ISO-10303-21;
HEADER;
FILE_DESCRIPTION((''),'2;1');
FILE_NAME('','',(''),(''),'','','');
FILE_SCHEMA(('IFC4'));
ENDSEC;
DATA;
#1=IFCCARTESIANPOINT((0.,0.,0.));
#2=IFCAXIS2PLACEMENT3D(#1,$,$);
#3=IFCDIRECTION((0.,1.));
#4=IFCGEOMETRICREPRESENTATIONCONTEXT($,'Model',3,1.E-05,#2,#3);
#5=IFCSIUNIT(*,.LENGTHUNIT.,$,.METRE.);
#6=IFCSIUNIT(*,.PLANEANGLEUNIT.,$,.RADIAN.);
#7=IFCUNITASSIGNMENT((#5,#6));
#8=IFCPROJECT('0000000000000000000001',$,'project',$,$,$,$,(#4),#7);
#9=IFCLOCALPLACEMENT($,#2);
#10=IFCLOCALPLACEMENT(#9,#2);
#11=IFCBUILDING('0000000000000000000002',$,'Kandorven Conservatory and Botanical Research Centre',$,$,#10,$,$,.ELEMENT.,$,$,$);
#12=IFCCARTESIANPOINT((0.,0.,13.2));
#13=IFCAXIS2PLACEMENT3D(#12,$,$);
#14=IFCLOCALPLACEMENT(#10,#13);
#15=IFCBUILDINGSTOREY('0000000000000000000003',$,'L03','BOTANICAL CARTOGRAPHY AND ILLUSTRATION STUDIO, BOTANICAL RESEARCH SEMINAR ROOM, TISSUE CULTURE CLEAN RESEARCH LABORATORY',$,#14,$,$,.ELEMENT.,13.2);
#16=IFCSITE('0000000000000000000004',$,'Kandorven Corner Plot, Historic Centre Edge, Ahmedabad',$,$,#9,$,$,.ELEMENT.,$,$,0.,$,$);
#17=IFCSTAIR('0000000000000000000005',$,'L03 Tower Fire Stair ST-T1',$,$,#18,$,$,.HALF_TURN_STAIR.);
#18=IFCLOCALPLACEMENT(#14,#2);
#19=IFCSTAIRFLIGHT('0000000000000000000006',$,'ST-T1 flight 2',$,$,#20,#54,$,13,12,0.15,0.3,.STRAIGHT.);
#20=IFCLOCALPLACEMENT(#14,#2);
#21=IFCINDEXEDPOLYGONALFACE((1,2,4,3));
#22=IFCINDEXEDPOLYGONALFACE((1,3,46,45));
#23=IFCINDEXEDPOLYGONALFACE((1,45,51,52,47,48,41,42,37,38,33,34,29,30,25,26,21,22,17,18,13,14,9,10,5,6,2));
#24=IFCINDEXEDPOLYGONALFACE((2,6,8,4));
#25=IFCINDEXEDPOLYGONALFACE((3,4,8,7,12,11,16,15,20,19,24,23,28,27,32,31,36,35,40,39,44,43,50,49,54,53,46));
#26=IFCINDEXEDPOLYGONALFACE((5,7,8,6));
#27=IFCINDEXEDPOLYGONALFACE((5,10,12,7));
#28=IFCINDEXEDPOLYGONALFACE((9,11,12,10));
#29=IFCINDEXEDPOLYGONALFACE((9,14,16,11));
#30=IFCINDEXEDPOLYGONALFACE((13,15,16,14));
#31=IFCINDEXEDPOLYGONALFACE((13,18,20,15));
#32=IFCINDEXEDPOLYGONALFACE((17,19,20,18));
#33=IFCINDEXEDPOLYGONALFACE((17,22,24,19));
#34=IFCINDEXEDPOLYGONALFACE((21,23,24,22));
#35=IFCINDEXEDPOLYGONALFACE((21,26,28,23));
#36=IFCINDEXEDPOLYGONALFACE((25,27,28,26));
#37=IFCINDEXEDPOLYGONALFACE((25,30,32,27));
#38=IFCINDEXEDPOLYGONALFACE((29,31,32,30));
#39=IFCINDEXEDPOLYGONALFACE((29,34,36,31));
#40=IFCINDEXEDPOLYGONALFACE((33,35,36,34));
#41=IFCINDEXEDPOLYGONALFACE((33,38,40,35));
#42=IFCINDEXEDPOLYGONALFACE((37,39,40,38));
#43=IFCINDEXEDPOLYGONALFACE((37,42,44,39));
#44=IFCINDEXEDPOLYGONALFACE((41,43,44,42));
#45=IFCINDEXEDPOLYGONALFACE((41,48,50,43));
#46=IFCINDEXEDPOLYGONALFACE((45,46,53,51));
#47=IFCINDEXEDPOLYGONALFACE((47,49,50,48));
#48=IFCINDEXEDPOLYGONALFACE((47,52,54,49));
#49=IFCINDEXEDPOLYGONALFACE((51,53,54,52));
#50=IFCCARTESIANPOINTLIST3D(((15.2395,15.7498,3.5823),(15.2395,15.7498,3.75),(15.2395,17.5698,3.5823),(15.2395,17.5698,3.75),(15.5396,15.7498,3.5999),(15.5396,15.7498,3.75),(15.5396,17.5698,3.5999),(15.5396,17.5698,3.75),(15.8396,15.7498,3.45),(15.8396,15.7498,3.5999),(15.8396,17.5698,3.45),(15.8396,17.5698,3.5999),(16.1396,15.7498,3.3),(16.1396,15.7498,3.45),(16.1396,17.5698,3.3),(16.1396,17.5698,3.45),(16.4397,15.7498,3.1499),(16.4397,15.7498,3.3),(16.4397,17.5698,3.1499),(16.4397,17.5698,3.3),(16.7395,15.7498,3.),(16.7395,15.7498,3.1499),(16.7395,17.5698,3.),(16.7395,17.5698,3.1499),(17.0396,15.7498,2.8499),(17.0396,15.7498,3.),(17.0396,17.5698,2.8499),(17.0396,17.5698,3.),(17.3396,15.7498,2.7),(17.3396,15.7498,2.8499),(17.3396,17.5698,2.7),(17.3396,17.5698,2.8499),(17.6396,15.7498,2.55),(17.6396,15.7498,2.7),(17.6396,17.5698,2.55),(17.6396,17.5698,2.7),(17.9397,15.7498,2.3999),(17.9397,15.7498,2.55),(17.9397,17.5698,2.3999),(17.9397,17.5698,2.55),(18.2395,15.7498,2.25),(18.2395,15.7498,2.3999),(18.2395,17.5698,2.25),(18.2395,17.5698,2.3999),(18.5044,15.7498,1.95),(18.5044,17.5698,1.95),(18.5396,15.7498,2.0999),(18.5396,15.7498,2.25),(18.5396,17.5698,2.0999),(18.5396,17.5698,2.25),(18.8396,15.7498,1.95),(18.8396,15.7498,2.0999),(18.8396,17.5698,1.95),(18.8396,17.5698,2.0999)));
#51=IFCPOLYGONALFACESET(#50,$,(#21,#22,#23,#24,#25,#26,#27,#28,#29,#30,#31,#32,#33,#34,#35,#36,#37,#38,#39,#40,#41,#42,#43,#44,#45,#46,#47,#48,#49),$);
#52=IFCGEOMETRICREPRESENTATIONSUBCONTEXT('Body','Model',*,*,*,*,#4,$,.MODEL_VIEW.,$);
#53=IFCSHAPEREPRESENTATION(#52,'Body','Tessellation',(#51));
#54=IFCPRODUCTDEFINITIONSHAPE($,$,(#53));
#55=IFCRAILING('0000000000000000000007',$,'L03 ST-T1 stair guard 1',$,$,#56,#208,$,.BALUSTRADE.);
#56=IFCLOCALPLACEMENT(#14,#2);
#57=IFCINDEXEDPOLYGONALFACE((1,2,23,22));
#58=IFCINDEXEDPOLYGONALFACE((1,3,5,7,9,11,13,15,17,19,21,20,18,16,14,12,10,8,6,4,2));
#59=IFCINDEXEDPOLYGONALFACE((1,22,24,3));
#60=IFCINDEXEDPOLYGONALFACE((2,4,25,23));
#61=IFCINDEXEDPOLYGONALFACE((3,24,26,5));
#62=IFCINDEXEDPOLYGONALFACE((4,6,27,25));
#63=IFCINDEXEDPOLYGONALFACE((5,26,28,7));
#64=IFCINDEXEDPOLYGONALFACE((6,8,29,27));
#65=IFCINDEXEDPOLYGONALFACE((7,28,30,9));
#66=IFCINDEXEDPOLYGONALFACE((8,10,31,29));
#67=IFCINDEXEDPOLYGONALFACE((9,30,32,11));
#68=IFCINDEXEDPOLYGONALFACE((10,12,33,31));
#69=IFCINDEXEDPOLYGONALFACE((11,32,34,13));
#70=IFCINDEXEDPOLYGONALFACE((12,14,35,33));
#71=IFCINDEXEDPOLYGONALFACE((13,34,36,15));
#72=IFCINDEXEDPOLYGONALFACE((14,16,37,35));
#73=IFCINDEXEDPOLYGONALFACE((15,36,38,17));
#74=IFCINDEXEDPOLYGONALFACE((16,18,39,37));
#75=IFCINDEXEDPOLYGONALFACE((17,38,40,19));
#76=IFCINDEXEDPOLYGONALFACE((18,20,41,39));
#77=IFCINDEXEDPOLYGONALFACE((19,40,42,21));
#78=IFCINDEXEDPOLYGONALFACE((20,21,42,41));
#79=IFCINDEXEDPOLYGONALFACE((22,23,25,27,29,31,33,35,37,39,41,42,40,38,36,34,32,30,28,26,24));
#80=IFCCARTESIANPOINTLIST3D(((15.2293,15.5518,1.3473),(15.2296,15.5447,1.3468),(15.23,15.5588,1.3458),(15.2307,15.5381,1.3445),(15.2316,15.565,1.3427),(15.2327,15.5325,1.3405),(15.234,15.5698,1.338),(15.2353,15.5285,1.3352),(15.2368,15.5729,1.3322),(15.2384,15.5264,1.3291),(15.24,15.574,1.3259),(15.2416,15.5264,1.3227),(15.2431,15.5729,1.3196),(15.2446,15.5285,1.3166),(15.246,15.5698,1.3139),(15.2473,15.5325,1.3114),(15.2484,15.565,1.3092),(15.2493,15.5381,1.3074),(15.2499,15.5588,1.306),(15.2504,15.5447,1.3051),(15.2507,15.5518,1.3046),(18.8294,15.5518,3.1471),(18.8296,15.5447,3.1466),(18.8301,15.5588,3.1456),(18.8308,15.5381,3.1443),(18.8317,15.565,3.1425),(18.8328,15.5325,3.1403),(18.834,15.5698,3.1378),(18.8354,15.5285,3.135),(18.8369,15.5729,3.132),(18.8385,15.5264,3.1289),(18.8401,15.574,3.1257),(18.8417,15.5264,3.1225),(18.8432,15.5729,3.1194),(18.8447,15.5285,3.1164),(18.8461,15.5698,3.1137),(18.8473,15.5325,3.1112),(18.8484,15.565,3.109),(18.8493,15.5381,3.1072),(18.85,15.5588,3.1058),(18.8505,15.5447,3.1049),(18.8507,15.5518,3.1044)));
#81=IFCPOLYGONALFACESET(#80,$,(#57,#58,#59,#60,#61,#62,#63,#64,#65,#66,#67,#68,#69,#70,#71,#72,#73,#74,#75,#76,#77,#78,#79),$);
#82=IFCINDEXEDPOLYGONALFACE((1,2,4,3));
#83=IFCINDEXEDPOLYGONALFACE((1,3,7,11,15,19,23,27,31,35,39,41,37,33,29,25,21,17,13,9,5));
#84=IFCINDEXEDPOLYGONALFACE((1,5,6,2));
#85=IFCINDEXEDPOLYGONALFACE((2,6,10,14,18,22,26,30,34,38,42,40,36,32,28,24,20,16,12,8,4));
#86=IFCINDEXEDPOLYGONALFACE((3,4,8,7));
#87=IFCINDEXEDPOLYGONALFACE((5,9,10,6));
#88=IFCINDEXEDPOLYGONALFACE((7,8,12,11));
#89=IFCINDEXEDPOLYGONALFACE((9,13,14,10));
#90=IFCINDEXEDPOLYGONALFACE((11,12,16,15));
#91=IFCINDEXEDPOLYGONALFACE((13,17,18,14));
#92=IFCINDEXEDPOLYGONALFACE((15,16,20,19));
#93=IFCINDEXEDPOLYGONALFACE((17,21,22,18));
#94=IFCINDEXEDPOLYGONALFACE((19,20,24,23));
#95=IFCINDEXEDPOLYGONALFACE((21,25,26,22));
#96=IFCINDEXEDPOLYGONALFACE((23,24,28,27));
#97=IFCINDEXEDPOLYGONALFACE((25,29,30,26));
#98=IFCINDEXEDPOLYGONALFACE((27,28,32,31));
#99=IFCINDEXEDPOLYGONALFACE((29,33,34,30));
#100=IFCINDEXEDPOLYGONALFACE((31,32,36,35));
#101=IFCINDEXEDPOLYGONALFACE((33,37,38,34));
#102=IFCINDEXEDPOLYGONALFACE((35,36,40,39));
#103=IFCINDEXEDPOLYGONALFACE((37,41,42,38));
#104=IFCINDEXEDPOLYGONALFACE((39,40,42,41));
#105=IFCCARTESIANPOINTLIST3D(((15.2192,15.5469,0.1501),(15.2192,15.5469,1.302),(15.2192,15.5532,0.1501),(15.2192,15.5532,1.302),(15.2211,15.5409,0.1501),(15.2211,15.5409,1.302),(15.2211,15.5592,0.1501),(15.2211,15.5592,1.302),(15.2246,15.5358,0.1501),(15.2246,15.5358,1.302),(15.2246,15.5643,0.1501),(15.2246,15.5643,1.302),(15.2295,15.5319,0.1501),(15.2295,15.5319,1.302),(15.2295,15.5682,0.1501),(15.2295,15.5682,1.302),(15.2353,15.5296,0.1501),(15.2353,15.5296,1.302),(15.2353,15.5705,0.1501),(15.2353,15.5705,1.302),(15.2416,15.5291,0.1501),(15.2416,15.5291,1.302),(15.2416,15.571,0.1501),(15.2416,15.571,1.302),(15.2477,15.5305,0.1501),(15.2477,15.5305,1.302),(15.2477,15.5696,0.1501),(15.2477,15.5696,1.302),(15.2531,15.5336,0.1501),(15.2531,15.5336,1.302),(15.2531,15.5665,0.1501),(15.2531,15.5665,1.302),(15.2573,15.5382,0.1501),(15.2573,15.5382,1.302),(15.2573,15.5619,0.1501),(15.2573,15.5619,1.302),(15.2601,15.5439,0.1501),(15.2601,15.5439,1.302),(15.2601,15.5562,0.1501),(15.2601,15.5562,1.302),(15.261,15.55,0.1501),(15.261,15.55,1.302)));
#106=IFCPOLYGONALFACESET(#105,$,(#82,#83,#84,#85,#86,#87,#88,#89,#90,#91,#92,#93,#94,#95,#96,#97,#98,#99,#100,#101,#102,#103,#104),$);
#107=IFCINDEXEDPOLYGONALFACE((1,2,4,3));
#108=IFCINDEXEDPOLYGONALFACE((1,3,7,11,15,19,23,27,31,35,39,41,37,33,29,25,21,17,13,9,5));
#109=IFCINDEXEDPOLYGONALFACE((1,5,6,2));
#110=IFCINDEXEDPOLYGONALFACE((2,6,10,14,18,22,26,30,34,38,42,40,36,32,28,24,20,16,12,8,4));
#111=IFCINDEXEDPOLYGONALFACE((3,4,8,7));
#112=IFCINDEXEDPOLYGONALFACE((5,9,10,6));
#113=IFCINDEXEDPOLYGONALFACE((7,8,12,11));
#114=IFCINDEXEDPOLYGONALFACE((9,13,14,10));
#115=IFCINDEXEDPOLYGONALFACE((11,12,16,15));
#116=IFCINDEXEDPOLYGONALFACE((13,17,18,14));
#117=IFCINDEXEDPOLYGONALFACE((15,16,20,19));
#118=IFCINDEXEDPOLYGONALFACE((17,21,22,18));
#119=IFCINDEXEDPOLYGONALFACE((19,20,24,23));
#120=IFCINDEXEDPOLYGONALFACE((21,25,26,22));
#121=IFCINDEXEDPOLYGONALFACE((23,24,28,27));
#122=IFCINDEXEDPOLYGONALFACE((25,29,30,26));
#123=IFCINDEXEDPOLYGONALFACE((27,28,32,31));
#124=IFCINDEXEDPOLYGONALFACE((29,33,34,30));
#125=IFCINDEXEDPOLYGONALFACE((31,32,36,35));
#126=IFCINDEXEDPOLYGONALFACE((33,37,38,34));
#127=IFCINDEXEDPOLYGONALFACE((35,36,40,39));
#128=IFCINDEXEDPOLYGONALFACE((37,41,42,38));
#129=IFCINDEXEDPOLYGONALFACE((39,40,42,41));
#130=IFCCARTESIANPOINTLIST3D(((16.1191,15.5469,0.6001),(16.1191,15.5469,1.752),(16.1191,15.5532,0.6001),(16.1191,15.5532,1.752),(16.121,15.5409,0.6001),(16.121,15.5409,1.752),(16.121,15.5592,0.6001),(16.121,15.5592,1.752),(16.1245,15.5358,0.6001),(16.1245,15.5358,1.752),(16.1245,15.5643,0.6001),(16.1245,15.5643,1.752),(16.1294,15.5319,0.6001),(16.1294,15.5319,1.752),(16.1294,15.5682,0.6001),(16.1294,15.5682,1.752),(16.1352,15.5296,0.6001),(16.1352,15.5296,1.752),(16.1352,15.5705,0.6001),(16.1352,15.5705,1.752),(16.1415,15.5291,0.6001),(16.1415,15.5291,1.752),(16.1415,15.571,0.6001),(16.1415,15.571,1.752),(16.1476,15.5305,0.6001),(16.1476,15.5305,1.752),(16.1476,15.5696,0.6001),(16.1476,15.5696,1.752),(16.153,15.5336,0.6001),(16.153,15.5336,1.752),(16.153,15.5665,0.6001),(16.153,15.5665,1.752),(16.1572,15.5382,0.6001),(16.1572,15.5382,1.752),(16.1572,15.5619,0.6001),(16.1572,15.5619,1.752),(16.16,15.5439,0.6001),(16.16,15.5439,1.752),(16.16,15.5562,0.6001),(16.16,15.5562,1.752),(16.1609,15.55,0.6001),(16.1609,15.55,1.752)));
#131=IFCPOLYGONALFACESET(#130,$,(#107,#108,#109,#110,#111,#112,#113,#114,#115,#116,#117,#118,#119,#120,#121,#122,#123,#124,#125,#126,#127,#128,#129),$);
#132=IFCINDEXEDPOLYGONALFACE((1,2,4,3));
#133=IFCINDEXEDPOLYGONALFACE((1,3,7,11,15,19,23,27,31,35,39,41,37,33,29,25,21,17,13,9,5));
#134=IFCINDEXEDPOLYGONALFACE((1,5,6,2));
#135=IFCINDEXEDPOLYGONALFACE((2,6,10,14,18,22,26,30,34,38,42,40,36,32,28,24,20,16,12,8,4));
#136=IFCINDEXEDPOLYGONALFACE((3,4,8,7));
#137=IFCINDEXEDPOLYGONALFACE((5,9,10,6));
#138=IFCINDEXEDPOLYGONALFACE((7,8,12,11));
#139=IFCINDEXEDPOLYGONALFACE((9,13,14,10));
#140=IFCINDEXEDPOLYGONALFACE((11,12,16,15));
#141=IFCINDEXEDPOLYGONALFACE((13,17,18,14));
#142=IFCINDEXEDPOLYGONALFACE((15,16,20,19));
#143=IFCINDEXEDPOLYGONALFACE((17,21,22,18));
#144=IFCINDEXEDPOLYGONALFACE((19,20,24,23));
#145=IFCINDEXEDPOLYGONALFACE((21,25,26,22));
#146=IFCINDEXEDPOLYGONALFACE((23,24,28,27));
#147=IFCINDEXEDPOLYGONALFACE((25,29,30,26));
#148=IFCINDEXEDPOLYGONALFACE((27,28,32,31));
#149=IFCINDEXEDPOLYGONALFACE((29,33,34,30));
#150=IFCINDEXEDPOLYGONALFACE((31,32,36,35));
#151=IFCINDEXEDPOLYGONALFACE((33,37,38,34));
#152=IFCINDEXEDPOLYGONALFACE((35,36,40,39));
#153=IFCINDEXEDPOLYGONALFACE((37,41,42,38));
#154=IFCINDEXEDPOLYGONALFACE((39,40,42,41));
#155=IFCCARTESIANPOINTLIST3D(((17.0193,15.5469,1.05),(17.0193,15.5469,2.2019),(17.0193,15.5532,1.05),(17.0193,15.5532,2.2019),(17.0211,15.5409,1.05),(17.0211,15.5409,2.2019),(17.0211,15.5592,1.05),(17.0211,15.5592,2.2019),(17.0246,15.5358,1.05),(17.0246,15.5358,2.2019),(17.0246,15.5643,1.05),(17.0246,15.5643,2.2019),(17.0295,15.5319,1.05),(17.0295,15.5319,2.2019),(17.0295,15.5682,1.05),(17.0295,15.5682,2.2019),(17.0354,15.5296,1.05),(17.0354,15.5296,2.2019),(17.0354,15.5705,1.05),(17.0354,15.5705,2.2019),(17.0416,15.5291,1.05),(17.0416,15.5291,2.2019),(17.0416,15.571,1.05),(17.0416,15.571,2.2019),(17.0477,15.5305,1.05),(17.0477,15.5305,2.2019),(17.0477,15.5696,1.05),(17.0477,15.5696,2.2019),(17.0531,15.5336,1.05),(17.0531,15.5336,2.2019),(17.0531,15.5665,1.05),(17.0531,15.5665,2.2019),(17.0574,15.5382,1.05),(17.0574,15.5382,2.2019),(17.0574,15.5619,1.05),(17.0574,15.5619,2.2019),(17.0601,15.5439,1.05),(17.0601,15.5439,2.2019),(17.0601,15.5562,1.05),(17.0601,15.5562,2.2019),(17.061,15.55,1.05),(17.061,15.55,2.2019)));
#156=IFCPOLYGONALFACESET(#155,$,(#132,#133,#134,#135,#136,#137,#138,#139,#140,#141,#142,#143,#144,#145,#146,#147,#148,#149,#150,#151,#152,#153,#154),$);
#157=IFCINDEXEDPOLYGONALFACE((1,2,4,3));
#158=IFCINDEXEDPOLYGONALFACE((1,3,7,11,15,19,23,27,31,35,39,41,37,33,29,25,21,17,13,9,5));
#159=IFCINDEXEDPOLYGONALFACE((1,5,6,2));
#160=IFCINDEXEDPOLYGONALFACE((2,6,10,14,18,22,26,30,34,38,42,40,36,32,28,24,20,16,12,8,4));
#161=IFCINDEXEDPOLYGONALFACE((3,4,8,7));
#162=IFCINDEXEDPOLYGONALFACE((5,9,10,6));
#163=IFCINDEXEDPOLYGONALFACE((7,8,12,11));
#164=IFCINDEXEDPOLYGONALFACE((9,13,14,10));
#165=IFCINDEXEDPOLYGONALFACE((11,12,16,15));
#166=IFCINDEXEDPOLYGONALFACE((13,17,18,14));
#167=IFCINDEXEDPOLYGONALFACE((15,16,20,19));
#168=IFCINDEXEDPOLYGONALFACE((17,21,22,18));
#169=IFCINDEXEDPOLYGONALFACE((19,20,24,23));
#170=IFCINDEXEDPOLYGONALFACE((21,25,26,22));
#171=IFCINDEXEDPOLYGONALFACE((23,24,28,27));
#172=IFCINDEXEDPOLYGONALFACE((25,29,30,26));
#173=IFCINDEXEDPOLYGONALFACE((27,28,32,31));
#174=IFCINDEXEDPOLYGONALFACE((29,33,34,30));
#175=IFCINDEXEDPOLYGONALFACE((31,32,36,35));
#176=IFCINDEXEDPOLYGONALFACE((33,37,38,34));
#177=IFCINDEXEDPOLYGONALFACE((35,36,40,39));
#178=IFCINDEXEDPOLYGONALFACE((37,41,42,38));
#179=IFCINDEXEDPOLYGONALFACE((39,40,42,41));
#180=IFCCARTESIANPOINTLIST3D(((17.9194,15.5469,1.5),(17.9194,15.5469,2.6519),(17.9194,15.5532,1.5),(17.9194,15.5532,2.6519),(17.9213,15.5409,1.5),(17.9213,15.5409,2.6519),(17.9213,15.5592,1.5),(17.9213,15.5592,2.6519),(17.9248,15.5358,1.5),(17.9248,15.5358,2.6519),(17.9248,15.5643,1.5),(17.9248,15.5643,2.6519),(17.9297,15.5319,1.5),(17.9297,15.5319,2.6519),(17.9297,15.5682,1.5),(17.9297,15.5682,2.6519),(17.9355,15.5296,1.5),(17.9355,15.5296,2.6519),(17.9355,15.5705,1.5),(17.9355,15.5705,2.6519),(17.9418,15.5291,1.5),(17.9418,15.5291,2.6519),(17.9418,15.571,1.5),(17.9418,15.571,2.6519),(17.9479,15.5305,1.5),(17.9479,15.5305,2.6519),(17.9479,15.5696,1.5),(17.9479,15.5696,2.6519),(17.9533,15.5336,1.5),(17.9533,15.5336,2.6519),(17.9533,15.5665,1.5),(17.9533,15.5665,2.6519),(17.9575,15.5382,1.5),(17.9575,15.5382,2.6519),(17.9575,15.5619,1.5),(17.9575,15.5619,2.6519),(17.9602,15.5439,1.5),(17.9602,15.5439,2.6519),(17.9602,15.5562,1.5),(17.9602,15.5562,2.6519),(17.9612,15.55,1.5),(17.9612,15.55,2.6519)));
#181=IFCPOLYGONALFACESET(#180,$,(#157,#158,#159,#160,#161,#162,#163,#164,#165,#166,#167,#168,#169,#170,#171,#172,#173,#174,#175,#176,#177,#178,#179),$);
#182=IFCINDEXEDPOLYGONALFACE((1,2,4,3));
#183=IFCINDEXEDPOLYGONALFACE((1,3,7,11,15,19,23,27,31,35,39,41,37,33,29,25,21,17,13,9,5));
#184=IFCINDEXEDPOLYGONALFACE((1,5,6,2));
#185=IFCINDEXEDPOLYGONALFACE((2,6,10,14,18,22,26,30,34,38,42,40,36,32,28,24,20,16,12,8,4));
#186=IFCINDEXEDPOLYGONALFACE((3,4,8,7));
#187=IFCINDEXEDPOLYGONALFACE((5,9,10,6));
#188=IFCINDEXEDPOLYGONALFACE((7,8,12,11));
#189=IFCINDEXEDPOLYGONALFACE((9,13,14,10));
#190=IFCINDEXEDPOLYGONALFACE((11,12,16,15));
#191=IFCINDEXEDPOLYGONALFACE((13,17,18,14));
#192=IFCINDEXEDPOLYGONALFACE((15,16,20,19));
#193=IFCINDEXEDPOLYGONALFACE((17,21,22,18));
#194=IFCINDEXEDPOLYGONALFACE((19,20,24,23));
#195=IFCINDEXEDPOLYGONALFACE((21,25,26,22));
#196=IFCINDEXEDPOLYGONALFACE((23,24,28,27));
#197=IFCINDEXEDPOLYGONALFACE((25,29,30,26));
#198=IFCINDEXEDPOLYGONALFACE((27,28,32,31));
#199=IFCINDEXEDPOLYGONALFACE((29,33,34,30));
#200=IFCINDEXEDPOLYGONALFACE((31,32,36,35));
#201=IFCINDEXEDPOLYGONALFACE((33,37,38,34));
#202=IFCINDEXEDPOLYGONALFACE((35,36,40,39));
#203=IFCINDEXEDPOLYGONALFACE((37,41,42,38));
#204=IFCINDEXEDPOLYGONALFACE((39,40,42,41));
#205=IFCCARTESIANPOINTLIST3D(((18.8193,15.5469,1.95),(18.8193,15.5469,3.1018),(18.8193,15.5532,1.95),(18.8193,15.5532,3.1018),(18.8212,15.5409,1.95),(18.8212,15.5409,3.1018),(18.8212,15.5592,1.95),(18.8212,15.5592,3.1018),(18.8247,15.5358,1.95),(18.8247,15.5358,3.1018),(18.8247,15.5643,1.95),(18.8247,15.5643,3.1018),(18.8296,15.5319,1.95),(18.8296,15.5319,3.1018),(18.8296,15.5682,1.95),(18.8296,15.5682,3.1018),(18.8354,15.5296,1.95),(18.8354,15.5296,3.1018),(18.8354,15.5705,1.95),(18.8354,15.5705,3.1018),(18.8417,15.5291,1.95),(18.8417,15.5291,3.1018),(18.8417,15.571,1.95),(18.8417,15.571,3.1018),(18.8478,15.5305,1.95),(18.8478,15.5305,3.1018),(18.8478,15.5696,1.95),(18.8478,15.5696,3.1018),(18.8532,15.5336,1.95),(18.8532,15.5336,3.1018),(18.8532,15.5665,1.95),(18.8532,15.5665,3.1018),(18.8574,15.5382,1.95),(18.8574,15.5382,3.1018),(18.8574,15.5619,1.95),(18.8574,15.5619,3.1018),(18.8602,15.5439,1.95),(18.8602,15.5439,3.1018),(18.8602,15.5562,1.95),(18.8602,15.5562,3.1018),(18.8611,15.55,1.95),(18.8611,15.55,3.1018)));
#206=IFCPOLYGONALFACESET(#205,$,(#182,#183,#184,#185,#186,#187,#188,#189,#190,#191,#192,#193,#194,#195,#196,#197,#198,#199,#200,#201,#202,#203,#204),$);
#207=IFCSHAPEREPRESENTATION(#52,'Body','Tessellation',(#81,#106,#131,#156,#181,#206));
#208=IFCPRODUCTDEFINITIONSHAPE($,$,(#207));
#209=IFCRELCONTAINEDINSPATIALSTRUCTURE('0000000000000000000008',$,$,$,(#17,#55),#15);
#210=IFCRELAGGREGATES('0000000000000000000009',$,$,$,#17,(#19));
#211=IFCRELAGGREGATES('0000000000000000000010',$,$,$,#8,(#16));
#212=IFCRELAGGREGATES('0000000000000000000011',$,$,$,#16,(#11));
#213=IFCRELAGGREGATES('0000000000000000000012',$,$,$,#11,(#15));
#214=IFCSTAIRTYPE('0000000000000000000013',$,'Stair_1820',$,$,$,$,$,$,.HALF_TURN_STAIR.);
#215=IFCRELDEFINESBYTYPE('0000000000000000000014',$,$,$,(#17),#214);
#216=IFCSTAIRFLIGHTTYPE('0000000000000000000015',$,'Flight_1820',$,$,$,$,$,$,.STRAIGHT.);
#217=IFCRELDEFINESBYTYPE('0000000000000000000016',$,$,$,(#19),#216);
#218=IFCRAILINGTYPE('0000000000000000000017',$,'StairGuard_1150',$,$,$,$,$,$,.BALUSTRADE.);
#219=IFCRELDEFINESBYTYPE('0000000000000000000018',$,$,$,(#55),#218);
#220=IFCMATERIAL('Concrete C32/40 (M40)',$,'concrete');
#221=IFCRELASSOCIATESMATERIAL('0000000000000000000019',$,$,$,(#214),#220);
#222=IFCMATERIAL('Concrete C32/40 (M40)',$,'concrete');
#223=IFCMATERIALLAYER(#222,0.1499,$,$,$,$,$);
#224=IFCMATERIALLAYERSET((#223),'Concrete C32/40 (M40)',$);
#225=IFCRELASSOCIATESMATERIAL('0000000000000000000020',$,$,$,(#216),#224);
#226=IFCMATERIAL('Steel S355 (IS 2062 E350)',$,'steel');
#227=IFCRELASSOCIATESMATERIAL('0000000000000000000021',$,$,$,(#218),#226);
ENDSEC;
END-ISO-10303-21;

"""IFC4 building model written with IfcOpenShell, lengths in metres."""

from ifc_helpers import new_model, si_unit, direction, frame, origin, origin_2d, place, context, subcontext, project, spatial, polyline, circle, outline, extrude, material, layer, layer_set, type_object, element, aggregate, save


model = new_model("IFC4")

# Units and contexts
model_context = context("Model", 3, precision=1e-05, world=origin(), true_north=direction((0.0, 1.0)))
body_context = subcontext(model_context, "Body", "Model", "MODEL_VIEW")
ifc_project = project(units=[si_unit("LENGTHUNIT", "METRE"), si_unit("PLANEANGLEUNIT", "RADIAN")], contexts=[model_context])

# Site, building, storey
site_placement = place(None, origin())
site = spatial("IfcSite", under=ifc_project, at=site_placement, Name="Kandorven Corner Plot, Historic Centre Edge, Ahmedabad", CompositionType="ELEMENT", RefElevation=0.0)
building_placement = place(site_placement, origin())
building = spatial("IfcBuilding", under=site, at=building_placement, Name="Kandorven Conservatory and Botanical Research Centre", CompositionType="ELEMENT")
storey_placement = place(building_placement, frame((0.0, 0.0, 13.2)))
storey = spatial("IfcBuildingStorey", under=building, at=storey_placement, Name="L03", Description="BOTANICAL CARTOGRAPHY AND ILLUSTRATION STUDIO, BOTANICAL RESEARCH SEMINAR ROOM, TISSUE CULTURE CLEAN RESEARCH LABORATORY", CompositionType="ELEMENT", Elevation=13.2)

# Stair, stair flight
ifc_material_1 = material(Name="Concrete C32/40 (M40)", Category="concrete")
stair_type = type_object("IfcStairType", Name="Stair_1820", PredefinedType="HALF_TURN_STAIR", material=ifc_material_1)
stair_placement = place(storey_placement, origin())
stair = element("IfcStair", 1, at=stair_placement, inside=storey, type_object=stair_type, Name="L03 Tower Fire Stair ST-T1", PredefinedType="HALF_TURN_STAIR")
ifc_material_2 = material(Name="Concrete C32/40 (M40)", Category="concrete")
ifc_layer_1 = layer(ifc_material_2, 0.1499)
ifc_layer_set_1 = layer_set([ifc_layer_1], Name="Concrete C32/40 (M40)")
stair_flight_type = type_object("IfcStairFlightType", Name="Flight_1820", PredefinedType="STRAIGHT", material=ifc_layer_set_1)
stair_flight_1_placement = place(storey_placement, frame((18.8396, 16.6599, 1.95), z_axis=(0.0, 0.0, 1.0), x_axis=(-1.0, 0.0, 0.0)))
stair_flight_1 = element("IfcStairFlight", 2, at=stair_flight_1_placement, type_object=stair_flight_type, Name="ST-T1 flight 2", NumberOfRisers=13, NumberOfTreads=12, PredefinedType="STRAIGHT", RiserHeight=0.15, TreadLength=0.3, context=body_context, shape_type="SweptSolid", body=[
    extrude(outline(polyline([(0.0, 0.0), (0.0, 0.1499), (0.3, 0.1499), (0.3, 0.3), (0.6001, 0.3), (0.6001, 0.45), (0.8999, 0.45), (0.8999, 0.6001), (1.2, 0.6001), (1.2, 0.75), (1.5, 0.75), (1.5, 0.8999), (1.8, 0.8999), (1.8, 1.05), (2.1001, 1.05), (2.1001, 1.2), (2.3999, 1.2), (2.3999, 1.3501), (2.7, 1.3501), (2.7, 1.5), (3.0, 1.5), (3.0, 1.6499), (3.3, 1.6499), (3.3, 1.8), (3.6001, 1.8), (3.6001, 1.95), (3.6001, 1.6323), (0.3352, 0.0), (0.0, 0.0)])), frame((0.0, 0.9102, 0.0), z_axis=(0.0, -1.0, 0.0), x_axis=(1.0, 0.0, 0.0)), (0.0, 0.0, 1.0), 1.8201),
])
aggregate(stair, [stair_flight_1])

# Railing
ifc_material_3 = material(Name="Steel S355 (IS 2062 E350)", Category="steel")
railing_type_1 = type_object("IfcRailingType", Name="StairGuard_1150", PredefinedType="BALUSTRADE", material=ifc_material_3)
railing_1_placement = place(storey_placement, frame((15.24, 15.55, 0.1501)))
element("IfcRailing", 3, at=railing_1_placement, inside=storey, type_object=railing_type_1, Name="L03 ST-T1 stair guard 1", PredefinedType="BALUSTRADE", context=body_context, shape_type="SweptSolid", body=[
    extrude(circle(Radius=0.0239, at=origin_2d()), frame((0.0, 0.0, 1.1758), z_axis=(0.894451, 0.0, 0.447165), x_axis=(0.0, 1.0, 0.0)), (0.0, 0.0, 1.0), 4.0249),
    extrude(circle(Radius=0.021, at=origin_2d()), origin(), (0.0, 0.0, 1.0), 1.1519),
    extrude(circle(Radius=0.021, at=origin_2d()), frame((0.8999, 0.0, 0.45)), (0.0, 0.0, 1.0), 1.1519),
    extrude(circle(Radius=0.021, at=origin_2d()), frame((1.8, 0.0, 0.8999)), (0.0, 0.0, 1.0), 1.1519),
    extrude(circle(Radius=0.021, at=origin_2d()), frame((2.7002, 0.0, 1.3499)), (0.0, 0.0, 1.0), 1.1519),
    extrude(circle(Radius=0.021, at=origin_2d()), frame((3.6001, 0.0, 1.7998)), (0.0, 0.0, 1.0), 1.1519),
])

save(model, "model.ifc")
